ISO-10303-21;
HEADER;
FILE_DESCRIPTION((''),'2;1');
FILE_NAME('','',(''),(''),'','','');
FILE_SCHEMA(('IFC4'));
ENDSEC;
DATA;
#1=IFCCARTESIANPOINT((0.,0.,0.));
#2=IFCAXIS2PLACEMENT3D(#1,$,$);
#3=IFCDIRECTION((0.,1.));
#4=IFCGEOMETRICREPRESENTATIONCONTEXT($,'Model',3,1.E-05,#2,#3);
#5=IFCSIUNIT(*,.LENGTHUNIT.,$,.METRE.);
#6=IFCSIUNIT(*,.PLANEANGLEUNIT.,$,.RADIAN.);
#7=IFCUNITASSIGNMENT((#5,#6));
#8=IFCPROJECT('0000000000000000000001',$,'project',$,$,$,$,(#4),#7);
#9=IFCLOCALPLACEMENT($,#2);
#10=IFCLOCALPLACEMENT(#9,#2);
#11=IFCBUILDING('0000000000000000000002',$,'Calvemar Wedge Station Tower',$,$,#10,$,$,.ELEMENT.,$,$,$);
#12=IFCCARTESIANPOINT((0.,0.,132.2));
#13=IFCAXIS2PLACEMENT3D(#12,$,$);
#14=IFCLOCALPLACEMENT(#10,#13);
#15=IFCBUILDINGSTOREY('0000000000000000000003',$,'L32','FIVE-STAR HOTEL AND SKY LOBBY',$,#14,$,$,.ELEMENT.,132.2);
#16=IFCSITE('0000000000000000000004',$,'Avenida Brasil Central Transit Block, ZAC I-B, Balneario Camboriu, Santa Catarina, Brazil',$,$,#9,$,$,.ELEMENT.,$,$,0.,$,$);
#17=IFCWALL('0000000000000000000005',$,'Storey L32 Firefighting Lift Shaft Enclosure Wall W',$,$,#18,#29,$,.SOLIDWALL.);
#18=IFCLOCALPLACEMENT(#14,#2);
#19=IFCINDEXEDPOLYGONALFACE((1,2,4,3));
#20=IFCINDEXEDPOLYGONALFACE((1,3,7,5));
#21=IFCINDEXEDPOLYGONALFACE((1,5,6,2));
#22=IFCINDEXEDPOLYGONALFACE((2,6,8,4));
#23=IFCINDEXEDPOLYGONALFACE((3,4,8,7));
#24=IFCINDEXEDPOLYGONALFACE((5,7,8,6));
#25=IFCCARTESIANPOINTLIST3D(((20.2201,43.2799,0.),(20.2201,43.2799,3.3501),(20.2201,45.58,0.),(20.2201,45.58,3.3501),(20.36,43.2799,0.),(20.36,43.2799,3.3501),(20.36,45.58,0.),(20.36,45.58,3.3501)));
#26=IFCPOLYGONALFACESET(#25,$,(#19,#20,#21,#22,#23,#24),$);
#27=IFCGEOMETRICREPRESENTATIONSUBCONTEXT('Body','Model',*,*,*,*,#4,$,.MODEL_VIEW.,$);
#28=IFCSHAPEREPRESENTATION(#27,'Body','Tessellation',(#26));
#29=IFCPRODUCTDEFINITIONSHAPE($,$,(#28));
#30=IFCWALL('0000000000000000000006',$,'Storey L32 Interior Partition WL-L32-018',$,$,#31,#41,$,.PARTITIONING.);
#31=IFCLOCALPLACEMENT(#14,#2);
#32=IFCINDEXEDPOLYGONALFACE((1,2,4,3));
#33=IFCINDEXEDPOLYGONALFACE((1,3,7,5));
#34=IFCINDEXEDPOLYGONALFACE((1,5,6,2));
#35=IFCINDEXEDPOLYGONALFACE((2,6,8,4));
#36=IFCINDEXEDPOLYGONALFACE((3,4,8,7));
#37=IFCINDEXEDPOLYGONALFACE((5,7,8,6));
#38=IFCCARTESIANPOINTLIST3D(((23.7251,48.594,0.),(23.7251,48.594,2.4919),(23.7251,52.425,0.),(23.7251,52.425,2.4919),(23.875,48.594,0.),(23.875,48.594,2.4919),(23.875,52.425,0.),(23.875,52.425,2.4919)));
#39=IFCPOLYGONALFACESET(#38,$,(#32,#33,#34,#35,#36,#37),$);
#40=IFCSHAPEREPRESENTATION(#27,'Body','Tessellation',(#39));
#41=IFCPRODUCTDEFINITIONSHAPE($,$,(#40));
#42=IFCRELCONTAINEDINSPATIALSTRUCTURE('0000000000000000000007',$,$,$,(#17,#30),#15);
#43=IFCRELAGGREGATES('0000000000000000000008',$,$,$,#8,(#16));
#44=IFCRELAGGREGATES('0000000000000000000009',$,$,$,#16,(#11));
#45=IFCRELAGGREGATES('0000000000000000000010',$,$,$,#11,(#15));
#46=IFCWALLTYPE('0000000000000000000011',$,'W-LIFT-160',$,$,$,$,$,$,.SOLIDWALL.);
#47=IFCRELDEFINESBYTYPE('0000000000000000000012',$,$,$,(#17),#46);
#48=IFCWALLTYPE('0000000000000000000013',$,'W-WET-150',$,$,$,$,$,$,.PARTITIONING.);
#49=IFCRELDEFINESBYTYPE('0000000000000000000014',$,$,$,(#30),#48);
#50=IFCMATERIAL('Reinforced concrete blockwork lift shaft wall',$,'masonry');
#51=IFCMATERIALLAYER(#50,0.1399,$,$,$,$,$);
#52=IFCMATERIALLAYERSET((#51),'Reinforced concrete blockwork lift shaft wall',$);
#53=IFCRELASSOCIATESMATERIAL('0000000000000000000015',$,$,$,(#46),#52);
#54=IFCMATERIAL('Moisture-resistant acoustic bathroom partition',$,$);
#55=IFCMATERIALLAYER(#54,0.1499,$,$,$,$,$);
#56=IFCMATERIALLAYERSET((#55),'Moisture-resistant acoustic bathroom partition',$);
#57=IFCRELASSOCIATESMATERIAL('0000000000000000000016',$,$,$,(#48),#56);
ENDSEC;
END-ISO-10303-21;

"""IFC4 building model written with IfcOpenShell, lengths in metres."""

from ifc_helpers import new_model, si_unit, direction, frame, frame_2d, origin, place, context, subcontext, project, spatial, rectangle, extrude, material, layer, layer_set, type_object, element, save


model = new_model("IFC4")

# Units and contexts
model_context = context("Model", 3, precision=1e-05, world=origin(), true_north=direction((0.0, 1.0)))
body_context = subcontext(model_context, "Body", "Model", "MODEL_VIEW")
ifc_project = project(units=[si_unit("LENGTHUNIT", "METRE"), si_unit("PLANEANGLEUNIT", "RADIAN")], contexts=[model_context])

# Site, building, storey
site_placement = place(None, origin())
site = spatial("IfcSite", under=ifc_project, at=site_placement, Name="Avenida Brasil Central Transit Block, ZAC I-B, Balneario Camboriu, Santa Catarina, Brazil", CompositionType="ELEMENT", RefElevation=0.0)
building_placement = place(site_placement, origin())
building = spatial("IfcBuilding", under=site, at=building_placement, Name="Calvemar Wedge Station Tower", CompositionType="ELEMENT")
storey_placement = place(building_placement, frame((0.0, 0.0, 132.2)))
storey = spatial("IfcBuildingStorey", under=building, at=storey_placement, Name="L32", Description="FIVE-STAR HOTEL AND SKY LOBBY", CompositionType="ELEMENT", Elevation=132.2)

# Walls
ifc_material_1 = material(Name="Reinforced concrete blockwork lift shaft wall", Category="masonry")
ifc_layer_1 = layer(ifc_material_1, 0.1399)
ifc_layer_set_1 = layer_set([ifc_layer_1], Name="Reinforced concrete blockwork lift shaft wall")
wall_type_1 = type_object("IfcWallType", Name="W-LIFT-160", PredefinedType="SOLIDWALL", material=ifc_layer_set_1)
wall_1_placement = place(storey_placement, frame((20.29, 43.28, 0.0), z_axis=(0.0, 0.0, 1.0), x_axis=(0.0, 1.0, 0.0)))
element("IfcWall", 1, at=wall_1_placement, inside=storey, type_object=wall_type_1, Name="Storey L32 Firefighting Lift Shaft Enclosure Wall W", PredefinedType="SOLIDWALL", context=body_context, shape_type="SweptSolid", body=[
    extrude(rectangle(XDim=2.3, YDim=0.1399, at=frame_2d((1.1499, 0.0))), origin(), (0.0, 0.0, 1.0), 3.3501),
])
ifc_material_2 = material(Name="Moisture-resistant acoustic bathroom partition")
ifc_layer_2 = layer(ifc_material_2, 0.1499)
ifc_layer_set_2 = layer_set([ifc_layer_2], Name="Moisture-resistant acoustic bathroom partition")
wall_type_2 = type_object("IfcWallType", Name="W-WET-150", PredefinedType="PARTITIONING", material=ifc_layer_set_2)
wall_2_placement = place(storey_placement, frame((23.8, 52.425, 0.0), z_axis=(0.0, 0.0, 1.0), x_axis=(0.0, -1.0, 0.0)))
element("IfcWall", 2, at=wall_2_placement, inside=storey, type_object=wall_type_2, Name="Storey L32 Interior Partition WL-L32-018", PredefinedType="PARTITIONING", context=body_context, shape_type="SweptSolid", body=[
    extrude(rectangle(XDim=3.8311, YDim=0.1499, at=frame_2d((1.9155, 0.0))), origin(), (0.0, 0.0, 1.0), 2.4919),
])

save(model, "model.ifc")
